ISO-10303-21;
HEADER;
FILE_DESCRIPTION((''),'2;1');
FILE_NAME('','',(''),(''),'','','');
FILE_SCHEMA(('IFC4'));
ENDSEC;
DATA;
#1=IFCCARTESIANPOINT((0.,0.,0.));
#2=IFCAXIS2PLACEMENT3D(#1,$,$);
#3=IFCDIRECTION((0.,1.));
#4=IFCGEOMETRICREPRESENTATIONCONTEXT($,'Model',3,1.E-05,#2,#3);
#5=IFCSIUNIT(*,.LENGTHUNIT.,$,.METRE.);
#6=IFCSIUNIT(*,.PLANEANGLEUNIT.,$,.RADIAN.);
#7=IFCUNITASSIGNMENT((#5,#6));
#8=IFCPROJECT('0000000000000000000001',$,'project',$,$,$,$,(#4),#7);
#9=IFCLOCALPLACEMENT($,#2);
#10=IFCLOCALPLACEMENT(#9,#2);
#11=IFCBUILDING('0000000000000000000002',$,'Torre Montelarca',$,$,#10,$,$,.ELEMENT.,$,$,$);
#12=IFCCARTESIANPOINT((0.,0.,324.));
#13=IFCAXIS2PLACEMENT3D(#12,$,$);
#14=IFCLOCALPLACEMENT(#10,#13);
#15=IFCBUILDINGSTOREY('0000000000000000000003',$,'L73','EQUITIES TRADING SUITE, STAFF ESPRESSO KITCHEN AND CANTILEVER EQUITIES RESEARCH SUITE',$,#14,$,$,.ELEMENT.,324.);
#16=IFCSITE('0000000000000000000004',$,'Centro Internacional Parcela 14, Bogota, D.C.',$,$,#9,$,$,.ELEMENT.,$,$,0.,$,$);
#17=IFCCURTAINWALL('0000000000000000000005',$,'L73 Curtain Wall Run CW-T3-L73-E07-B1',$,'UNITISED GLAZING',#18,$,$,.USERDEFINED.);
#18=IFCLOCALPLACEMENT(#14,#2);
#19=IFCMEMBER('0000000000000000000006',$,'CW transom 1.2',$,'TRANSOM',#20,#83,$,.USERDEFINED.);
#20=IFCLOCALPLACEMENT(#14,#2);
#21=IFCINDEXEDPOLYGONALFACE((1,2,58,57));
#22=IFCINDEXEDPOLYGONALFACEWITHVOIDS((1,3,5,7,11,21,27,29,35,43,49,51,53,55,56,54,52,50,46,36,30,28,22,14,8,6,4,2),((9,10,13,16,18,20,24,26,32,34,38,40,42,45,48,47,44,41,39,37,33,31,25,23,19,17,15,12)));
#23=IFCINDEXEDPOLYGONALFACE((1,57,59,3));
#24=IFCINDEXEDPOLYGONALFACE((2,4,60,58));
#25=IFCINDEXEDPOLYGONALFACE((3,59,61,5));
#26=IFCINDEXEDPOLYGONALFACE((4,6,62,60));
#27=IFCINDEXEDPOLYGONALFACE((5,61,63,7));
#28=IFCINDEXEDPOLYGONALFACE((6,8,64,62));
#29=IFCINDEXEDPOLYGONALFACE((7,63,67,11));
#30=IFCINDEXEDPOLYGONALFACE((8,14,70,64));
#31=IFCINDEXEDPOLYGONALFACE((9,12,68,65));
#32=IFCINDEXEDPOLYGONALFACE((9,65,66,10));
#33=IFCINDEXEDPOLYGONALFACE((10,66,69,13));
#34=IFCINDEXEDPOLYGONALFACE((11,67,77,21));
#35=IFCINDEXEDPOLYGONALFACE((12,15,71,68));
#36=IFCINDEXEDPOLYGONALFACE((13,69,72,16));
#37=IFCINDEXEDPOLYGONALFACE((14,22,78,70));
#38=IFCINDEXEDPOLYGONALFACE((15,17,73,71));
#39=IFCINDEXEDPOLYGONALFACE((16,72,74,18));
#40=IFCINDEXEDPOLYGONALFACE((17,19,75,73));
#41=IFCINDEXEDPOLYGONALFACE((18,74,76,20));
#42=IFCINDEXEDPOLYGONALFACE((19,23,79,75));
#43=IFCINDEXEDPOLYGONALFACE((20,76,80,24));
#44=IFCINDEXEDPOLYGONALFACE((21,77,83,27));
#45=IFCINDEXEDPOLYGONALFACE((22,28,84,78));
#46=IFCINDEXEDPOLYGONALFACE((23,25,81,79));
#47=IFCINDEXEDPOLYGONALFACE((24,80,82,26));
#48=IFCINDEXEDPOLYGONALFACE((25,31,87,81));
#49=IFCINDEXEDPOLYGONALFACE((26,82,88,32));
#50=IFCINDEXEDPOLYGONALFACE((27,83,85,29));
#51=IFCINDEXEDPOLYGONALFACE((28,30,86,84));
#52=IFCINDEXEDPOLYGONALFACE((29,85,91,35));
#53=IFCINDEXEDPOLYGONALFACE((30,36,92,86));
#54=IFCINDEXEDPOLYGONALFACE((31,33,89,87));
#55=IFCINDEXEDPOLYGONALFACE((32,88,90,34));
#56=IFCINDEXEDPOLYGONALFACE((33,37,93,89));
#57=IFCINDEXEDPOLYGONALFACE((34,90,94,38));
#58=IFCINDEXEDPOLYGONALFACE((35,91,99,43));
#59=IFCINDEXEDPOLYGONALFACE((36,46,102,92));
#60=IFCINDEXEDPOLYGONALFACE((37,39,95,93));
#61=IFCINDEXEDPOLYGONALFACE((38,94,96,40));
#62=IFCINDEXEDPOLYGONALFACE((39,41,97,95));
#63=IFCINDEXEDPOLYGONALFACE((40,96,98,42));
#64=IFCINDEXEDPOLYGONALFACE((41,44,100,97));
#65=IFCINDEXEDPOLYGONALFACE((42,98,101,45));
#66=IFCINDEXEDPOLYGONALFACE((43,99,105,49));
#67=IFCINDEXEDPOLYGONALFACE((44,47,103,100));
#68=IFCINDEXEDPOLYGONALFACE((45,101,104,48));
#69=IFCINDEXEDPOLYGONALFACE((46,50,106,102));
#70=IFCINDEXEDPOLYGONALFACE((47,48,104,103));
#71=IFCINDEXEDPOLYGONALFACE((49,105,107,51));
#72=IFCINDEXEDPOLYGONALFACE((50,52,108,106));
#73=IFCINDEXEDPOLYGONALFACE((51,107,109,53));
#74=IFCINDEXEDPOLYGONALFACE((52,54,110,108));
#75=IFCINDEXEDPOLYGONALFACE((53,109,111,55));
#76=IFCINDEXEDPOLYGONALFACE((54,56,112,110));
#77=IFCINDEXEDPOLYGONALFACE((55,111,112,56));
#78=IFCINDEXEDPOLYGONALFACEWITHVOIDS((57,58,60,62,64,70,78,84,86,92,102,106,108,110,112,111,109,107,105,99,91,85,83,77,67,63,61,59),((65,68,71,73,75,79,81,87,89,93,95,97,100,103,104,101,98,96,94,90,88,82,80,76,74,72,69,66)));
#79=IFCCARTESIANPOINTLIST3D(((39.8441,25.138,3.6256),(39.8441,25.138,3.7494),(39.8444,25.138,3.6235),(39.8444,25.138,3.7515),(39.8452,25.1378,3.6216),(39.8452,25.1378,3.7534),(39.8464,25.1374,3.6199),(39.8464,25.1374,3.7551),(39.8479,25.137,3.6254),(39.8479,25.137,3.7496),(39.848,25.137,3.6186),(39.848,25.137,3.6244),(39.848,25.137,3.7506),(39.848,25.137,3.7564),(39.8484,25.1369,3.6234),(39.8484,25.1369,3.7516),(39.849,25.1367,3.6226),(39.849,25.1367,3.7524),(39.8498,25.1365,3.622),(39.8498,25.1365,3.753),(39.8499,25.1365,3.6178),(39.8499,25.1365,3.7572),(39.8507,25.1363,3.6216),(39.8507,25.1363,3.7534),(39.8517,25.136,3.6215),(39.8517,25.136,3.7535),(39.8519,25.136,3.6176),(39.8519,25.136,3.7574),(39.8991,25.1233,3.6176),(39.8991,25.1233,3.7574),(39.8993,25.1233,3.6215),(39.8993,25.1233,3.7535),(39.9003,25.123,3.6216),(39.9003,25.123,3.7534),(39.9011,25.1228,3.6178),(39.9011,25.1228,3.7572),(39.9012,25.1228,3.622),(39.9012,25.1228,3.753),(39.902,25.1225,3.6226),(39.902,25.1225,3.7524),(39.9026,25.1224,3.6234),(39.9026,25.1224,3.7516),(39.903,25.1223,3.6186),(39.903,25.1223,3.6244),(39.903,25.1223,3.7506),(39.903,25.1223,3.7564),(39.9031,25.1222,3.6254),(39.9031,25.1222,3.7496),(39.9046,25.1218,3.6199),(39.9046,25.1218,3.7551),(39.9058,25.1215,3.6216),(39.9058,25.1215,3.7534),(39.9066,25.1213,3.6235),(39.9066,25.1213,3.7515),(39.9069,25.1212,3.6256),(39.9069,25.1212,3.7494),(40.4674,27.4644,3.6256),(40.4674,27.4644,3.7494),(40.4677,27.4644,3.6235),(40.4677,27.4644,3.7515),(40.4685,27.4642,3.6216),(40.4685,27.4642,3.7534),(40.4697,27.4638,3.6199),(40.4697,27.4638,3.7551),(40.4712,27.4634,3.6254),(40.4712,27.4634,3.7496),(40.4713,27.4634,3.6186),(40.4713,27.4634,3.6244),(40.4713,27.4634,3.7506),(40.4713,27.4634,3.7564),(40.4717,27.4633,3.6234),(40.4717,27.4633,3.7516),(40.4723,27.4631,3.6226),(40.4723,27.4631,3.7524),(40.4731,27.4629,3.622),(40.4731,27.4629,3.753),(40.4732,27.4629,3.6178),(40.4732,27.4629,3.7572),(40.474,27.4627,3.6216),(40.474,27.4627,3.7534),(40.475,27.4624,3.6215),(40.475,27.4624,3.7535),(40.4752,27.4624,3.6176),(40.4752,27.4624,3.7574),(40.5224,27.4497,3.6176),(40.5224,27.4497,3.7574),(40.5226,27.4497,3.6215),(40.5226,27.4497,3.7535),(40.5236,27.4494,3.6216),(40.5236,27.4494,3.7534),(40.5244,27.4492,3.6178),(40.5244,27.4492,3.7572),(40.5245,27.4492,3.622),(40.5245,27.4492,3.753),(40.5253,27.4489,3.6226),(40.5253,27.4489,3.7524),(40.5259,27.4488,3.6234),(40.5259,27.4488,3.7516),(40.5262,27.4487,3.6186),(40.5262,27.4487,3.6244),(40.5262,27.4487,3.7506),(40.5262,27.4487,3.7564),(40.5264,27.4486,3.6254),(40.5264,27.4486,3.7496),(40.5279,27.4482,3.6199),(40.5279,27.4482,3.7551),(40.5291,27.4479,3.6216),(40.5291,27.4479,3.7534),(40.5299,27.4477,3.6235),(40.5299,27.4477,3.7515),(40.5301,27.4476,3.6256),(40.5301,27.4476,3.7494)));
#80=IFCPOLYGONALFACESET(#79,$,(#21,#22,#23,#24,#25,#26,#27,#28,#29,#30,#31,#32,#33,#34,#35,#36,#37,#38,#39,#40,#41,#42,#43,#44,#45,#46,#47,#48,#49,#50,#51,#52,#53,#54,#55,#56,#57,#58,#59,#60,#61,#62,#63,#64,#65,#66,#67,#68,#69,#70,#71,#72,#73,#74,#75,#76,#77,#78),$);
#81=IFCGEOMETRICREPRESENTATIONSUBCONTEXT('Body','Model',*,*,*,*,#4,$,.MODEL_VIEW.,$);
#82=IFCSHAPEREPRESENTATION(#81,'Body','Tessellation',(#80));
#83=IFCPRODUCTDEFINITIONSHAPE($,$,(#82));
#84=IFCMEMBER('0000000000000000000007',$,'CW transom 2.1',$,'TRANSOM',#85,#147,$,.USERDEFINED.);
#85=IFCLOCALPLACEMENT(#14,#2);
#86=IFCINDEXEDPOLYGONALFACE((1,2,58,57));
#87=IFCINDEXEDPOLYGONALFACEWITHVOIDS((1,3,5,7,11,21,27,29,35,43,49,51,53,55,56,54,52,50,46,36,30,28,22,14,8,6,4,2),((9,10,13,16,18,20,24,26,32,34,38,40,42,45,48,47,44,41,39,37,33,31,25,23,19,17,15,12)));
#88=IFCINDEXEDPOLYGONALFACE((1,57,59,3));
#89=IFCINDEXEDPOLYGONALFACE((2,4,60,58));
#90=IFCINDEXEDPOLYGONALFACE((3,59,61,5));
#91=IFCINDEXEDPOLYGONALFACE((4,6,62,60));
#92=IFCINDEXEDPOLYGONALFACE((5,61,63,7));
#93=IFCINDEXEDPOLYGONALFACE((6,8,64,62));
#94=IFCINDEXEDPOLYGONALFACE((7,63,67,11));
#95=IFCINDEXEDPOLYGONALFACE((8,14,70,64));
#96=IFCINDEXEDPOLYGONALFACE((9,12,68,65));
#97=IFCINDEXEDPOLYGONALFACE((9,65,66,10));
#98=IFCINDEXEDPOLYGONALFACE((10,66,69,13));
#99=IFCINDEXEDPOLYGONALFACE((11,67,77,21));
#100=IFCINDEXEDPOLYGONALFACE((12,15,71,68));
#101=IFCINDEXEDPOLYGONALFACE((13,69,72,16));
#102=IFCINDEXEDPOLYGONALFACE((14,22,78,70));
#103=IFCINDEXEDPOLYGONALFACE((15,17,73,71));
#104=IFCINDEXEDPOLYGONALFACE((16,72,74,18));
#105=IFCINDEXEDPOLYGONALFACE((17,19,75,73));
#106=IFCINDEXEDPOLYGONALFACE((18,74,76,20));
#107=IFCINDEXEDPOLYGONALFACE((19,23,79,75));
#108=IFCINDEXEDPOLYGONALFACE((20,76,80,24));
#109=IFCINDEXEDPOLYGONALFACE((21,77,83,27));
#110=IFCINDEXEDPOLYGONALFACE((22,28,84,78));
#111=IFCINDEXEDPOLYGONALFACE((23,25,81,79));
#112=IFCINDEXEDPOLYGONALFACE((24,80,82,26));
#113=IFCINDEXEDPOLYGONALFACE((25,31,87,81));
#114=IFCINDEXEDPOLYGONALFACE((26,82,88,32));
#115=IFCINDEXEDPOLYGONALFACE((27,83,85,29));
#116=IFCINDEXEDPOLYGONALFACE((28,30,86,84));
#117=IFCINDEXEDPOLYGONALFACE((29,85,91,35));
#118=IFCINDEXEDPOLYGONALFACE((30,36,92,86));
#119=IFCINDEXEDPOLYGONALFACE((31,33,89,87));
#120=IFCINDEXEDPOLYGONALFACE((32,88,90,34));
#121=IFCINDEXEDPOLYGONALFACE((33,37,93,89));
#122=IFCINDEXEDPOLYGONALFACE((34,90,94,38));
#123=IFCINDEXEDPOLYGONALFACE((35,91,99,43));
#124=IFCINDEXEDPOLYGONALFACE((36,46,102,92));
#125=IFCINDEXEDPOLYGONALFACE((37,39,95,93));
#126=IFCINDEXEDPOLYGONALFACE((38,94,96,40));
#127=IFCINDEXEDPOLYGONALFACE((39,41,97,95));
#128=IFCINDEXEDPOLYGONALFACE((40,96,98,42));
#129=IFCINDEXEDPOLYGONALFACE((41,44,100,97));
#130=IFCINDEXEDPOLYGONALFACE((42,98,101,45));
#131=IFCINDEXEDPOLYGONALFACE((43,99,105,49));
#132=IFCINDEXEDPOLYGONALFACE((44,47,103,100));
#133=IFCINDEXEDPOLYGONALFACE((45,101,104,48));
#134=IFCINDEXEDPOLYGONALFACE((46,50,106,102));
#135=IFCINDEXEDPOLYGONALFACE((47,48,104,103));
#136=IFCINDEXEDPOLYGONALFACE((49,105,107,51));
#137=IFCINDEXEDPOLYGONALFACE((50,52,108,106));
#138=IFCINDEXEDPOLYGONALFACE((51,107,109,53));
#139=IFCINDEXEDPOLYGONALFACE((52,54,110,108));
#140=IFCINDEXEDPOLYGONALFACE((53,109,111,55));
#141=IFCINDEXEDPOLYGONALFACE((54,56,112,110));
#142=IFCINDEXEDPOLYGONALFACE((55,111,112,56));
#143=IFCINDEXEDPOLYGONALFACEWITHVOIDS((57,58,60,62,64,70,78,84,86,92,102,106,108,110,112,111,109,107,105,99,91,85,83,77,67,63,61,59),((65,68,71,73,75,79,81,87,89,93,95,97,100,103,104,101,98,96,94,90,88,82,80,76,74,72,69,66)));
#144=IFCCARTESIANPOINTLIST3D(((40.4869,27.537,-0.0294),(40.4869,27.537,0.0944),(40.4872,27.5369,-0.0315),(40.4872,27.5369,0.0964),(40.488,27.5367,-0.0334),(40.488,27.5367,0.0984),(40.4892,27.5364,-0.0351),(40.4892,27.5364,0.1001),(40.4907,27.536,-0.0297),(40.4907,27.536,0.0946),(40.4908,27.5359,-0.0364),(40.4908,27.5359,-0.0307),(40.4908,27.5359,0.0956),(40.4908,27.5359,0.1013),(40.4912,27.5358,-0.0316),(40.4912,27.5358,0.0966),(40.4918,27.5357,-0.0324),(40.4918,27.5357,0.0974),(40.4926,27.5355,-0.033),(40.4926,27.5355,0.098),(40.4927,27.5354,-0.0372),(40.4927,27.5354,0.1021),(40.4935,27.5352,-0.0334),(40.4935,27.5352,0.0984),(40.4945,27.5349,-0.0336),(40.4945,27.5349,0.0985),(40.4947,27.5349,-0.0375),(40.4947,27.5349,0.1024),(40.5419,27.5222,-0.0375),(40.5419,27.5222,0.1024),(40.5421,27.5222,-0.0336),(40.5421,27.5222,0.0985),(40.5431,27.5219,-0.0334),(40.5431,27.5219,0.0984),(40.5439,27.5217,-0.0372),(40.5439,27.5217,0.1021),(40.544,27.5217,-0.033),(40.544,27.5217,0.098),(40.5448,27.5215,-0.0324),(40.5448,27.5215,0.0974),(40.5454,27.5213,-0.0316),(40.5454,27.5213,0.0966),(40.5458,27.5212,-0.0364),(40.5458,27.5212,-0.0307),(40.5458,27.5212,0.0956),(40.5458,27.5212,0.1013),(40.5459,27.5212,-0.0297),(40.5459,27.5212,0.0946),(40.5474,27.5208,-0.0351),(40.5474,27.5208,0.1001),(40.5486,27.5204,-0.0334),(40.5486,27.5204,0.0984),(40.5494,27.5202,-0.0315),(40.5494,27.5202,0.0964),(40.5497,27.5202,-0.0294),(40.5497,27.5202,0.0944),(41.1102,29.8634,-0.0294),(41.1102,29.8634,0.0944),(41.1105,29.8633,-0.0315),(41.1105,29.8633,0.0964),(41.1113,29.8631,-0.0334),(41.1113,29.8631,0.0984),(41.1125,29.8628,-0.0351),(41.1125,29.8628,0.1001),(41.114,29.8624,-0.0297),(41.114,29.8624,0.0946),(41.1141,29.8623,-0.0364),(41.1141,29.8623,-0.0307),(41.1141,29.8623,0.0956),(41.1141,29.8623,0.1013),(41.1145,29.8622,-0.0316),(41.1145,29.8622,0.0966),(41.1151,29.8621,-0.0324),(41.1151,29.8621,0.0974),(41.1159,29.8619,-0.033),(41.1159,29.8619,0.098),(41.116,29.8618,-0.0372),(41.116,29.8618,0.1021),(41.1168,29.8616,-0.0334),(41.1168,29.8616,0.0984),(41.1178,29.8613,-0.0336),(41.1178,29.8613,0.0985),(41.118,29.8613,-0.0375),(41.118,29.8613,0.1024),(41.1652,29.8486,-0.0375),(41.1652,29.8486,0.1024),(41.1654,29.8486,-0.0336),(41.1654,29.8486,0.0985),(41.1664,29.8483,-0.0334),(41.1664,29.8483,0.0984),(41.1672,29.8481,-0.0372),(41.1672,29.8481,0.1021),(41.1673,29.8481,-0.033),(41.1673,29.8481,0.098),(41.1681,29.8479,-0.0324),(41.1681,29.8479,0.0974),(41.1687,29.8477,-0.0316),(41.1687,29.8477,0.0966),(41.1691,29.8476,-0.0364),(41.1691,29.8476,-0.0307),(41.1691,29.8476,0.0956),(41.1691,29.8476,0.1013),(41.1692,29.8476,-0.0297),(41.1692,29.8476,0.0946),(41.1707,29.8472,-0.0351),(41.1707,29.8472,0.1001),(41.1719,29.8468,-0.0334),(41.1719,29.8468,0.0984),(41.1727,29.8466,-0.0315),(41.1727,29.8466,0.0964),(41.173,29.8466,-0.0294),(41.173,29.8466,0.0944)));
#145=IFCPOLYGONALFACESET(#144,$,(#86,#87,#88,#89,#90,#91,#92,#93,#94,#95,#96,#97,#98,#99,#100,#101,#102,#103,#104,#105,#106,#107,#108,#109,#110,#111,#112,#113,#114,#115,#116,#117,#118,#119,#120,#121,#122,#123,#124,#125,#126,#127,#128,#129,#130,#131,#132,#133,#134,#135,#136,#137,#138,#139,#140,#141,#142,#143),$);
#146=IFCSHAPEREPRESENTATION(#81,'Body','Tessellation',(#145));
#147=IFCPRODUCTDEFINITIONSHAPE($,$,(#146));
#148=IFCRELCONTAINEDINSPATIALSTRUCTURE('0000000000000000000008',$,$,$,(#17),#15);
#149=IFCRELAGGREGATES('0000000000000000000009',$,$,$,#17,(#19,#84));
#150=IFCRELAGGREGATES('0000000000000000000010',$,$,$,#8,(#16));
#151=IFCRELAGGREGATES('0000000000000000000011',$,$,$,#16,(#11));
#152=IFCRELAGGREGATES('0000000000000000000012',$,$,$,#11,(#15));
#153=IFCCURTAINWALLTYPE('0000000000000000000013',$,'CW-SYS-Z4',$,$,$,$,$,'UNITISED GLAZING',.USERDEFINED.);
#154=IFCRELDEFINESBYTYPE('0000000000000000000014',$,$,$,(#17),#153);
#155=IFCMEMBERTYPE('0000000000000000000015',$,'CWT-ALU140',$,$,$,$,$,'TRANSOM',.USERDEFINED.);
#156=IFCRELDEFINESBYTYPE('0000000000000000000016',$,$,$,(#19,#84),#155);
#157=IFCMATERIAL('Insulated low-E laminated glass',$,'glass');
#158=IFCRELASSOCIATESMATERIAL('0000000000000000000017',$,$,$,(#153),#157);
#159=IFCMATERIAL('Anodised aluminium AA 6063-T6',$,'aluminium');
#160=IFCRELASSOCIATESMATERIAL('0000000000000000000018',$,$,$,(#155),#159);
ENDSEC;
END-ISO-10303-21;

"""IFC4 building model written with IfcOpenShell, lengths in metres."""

from ifc_helpers import new_model, si_unit, direction, frame, origin, origin_2d, place, context, subcontext, project, spatial, hollow_rectangle, extrude, source, transform, mapped, material, material_profile, profile_set, type_object, element, aggregate, save


model = new_model("IFC4")

# Units and contexts
model_context = context("Model", 3, precision=1e-05, world=origin(), true_north=direction((0.0, 1.0)))
body_context = subcontext(model_context, "Body", "Model", "MODEL_VIEW")
ifc_project = project(units=[si_unit("LENGTHUNIT", "METRE"), si_unit("PLANEANGLEUNIT", "RADIAN")], contexts=[model_context])

# Site, building, storey
site_placement = place(None, origin())
site = spatial("IfcSite", under=ifc_project, at=site_placement, Name="Centro Internacional Parcela 14, Bogota, D.C.", CompositionType="ELEMENT", RefElevation=0.0)
building_placement = place(site_placement, origin())
building = spatial("IfcBuilding", under=site, at=building_placement, Name="Torre Montelarca", CompositionType="ELEMENT")
storey_placement = place(building_placement, frame((0.0, 0.0, 324.0)))
storey = spatial("IfcBuildingStorey", under=building, at=storey_placement, Name="L73", Description="EQUITIES TRADING SUITE, STAFF ESPRESSO KITCHEN AND CANTILEVER EQUITIES RESEARCH SUITE", CompositionType="ELEMENT", Elevation=324.0)

# Curtain wall
ifc_material_1 = material(Name="Insulated low-E laminated glass", Category="glass")
curtain_wall_type = type_object("IfcCurtainWallType", Name="CW-SYS-Z4", ElementType="UNITISED GLAZING", PredefinedType="USERDEFINED", material=ifc_material_1)
curtain_wall_1_placement = place(storey_placement, origin())
curtain_wall_1 = element("IfcCurtainWall", 1, at=curtain_wall_1_placement, inside=storey, type_object=curtain_wall_type, Name="L73 Curtain Wall Run CW-T3-L73-E07-B1", ObjectType="UNITISED GLAZING", PredefinedType="USERDEFINED")
ifc_material_2 = material(Name="Anodised aluminium AA 6063-T6", Category="aluminium")

# Members
ifc_material_profile_1 = material_profile(ifc_material_2, hollow_rectangle(XDim=0.0649, YDim=0.1399, WallThickness=0.0039, InnerFilletRadius=0.0039, OuterFilletRadius=0.0081, at=origin_2d()), Name="ALU65X140X4", Category="aluminium")
ifc_profile_set_1 = profile_set([ifc_material_profile_1], Name="Anodised aluminium AA 6063-T6")
member_type_1 = type_object("IfcMemberType", Name="CWT-ALU140", ElementType="TRANSOM", PredefinedType="USERDEFINED", material=ifc_profile_set_1)
shared_shape_1 = source(origin(), body_context, "Body", "SweptSolid", [
    extrude(hollow_rectangle(XDim=0.0649, YDim=0.1399, WallThickness=0.0039, InnerFilletRadius=0.0039, OuterFilletRadius=0.0081, at=origin_2d()), origin(), (0.0, 0.0, 1.0), 2.4084),
])
member_1_placement = place(storey_placement, frame((39.8755, 25.1296, 3.6875), z_axis=(0.258792, 0.965933, 0.0), x_axis=(-0.965933, 0.258792, 0.0)))
member_1 = element("IfcMember", 2, at=member_1_placement, type_object=member_type_1, Name="CW transom 1.2", ObjectType="TRANSOM", PredefinedType="USERDEFINED", context=body_context, shape_type="MappedRepresentation", body=[
    mapped(shared_shape_1, transform((0.0, 0.0, 0.0), scale=1.0)),
])
member_2_placement = place(storey_placement, frame((40.5183, 27.5286, 0.0325), z_axis=(0.258792, 0.965933, 0.0), x_axis=(-0.965933, 0.258792, 0.0)))
member_2 = element("IfcMember", 3, at=member_2_placement, type_object=member_type_1, Name="CW transom 2.1", ObjectType="TRANSOM", PredefinedType="USERDEFINED", context=body_context, shape_type="MappedRepresentation", body=[
    mapped(shared_shape_1, transform((0.0, 0.0, 0.0), scale=1.0)),
])

aggregate(curtain_wall_1, [member_1, member_2])

save(model, "model.ifc")
